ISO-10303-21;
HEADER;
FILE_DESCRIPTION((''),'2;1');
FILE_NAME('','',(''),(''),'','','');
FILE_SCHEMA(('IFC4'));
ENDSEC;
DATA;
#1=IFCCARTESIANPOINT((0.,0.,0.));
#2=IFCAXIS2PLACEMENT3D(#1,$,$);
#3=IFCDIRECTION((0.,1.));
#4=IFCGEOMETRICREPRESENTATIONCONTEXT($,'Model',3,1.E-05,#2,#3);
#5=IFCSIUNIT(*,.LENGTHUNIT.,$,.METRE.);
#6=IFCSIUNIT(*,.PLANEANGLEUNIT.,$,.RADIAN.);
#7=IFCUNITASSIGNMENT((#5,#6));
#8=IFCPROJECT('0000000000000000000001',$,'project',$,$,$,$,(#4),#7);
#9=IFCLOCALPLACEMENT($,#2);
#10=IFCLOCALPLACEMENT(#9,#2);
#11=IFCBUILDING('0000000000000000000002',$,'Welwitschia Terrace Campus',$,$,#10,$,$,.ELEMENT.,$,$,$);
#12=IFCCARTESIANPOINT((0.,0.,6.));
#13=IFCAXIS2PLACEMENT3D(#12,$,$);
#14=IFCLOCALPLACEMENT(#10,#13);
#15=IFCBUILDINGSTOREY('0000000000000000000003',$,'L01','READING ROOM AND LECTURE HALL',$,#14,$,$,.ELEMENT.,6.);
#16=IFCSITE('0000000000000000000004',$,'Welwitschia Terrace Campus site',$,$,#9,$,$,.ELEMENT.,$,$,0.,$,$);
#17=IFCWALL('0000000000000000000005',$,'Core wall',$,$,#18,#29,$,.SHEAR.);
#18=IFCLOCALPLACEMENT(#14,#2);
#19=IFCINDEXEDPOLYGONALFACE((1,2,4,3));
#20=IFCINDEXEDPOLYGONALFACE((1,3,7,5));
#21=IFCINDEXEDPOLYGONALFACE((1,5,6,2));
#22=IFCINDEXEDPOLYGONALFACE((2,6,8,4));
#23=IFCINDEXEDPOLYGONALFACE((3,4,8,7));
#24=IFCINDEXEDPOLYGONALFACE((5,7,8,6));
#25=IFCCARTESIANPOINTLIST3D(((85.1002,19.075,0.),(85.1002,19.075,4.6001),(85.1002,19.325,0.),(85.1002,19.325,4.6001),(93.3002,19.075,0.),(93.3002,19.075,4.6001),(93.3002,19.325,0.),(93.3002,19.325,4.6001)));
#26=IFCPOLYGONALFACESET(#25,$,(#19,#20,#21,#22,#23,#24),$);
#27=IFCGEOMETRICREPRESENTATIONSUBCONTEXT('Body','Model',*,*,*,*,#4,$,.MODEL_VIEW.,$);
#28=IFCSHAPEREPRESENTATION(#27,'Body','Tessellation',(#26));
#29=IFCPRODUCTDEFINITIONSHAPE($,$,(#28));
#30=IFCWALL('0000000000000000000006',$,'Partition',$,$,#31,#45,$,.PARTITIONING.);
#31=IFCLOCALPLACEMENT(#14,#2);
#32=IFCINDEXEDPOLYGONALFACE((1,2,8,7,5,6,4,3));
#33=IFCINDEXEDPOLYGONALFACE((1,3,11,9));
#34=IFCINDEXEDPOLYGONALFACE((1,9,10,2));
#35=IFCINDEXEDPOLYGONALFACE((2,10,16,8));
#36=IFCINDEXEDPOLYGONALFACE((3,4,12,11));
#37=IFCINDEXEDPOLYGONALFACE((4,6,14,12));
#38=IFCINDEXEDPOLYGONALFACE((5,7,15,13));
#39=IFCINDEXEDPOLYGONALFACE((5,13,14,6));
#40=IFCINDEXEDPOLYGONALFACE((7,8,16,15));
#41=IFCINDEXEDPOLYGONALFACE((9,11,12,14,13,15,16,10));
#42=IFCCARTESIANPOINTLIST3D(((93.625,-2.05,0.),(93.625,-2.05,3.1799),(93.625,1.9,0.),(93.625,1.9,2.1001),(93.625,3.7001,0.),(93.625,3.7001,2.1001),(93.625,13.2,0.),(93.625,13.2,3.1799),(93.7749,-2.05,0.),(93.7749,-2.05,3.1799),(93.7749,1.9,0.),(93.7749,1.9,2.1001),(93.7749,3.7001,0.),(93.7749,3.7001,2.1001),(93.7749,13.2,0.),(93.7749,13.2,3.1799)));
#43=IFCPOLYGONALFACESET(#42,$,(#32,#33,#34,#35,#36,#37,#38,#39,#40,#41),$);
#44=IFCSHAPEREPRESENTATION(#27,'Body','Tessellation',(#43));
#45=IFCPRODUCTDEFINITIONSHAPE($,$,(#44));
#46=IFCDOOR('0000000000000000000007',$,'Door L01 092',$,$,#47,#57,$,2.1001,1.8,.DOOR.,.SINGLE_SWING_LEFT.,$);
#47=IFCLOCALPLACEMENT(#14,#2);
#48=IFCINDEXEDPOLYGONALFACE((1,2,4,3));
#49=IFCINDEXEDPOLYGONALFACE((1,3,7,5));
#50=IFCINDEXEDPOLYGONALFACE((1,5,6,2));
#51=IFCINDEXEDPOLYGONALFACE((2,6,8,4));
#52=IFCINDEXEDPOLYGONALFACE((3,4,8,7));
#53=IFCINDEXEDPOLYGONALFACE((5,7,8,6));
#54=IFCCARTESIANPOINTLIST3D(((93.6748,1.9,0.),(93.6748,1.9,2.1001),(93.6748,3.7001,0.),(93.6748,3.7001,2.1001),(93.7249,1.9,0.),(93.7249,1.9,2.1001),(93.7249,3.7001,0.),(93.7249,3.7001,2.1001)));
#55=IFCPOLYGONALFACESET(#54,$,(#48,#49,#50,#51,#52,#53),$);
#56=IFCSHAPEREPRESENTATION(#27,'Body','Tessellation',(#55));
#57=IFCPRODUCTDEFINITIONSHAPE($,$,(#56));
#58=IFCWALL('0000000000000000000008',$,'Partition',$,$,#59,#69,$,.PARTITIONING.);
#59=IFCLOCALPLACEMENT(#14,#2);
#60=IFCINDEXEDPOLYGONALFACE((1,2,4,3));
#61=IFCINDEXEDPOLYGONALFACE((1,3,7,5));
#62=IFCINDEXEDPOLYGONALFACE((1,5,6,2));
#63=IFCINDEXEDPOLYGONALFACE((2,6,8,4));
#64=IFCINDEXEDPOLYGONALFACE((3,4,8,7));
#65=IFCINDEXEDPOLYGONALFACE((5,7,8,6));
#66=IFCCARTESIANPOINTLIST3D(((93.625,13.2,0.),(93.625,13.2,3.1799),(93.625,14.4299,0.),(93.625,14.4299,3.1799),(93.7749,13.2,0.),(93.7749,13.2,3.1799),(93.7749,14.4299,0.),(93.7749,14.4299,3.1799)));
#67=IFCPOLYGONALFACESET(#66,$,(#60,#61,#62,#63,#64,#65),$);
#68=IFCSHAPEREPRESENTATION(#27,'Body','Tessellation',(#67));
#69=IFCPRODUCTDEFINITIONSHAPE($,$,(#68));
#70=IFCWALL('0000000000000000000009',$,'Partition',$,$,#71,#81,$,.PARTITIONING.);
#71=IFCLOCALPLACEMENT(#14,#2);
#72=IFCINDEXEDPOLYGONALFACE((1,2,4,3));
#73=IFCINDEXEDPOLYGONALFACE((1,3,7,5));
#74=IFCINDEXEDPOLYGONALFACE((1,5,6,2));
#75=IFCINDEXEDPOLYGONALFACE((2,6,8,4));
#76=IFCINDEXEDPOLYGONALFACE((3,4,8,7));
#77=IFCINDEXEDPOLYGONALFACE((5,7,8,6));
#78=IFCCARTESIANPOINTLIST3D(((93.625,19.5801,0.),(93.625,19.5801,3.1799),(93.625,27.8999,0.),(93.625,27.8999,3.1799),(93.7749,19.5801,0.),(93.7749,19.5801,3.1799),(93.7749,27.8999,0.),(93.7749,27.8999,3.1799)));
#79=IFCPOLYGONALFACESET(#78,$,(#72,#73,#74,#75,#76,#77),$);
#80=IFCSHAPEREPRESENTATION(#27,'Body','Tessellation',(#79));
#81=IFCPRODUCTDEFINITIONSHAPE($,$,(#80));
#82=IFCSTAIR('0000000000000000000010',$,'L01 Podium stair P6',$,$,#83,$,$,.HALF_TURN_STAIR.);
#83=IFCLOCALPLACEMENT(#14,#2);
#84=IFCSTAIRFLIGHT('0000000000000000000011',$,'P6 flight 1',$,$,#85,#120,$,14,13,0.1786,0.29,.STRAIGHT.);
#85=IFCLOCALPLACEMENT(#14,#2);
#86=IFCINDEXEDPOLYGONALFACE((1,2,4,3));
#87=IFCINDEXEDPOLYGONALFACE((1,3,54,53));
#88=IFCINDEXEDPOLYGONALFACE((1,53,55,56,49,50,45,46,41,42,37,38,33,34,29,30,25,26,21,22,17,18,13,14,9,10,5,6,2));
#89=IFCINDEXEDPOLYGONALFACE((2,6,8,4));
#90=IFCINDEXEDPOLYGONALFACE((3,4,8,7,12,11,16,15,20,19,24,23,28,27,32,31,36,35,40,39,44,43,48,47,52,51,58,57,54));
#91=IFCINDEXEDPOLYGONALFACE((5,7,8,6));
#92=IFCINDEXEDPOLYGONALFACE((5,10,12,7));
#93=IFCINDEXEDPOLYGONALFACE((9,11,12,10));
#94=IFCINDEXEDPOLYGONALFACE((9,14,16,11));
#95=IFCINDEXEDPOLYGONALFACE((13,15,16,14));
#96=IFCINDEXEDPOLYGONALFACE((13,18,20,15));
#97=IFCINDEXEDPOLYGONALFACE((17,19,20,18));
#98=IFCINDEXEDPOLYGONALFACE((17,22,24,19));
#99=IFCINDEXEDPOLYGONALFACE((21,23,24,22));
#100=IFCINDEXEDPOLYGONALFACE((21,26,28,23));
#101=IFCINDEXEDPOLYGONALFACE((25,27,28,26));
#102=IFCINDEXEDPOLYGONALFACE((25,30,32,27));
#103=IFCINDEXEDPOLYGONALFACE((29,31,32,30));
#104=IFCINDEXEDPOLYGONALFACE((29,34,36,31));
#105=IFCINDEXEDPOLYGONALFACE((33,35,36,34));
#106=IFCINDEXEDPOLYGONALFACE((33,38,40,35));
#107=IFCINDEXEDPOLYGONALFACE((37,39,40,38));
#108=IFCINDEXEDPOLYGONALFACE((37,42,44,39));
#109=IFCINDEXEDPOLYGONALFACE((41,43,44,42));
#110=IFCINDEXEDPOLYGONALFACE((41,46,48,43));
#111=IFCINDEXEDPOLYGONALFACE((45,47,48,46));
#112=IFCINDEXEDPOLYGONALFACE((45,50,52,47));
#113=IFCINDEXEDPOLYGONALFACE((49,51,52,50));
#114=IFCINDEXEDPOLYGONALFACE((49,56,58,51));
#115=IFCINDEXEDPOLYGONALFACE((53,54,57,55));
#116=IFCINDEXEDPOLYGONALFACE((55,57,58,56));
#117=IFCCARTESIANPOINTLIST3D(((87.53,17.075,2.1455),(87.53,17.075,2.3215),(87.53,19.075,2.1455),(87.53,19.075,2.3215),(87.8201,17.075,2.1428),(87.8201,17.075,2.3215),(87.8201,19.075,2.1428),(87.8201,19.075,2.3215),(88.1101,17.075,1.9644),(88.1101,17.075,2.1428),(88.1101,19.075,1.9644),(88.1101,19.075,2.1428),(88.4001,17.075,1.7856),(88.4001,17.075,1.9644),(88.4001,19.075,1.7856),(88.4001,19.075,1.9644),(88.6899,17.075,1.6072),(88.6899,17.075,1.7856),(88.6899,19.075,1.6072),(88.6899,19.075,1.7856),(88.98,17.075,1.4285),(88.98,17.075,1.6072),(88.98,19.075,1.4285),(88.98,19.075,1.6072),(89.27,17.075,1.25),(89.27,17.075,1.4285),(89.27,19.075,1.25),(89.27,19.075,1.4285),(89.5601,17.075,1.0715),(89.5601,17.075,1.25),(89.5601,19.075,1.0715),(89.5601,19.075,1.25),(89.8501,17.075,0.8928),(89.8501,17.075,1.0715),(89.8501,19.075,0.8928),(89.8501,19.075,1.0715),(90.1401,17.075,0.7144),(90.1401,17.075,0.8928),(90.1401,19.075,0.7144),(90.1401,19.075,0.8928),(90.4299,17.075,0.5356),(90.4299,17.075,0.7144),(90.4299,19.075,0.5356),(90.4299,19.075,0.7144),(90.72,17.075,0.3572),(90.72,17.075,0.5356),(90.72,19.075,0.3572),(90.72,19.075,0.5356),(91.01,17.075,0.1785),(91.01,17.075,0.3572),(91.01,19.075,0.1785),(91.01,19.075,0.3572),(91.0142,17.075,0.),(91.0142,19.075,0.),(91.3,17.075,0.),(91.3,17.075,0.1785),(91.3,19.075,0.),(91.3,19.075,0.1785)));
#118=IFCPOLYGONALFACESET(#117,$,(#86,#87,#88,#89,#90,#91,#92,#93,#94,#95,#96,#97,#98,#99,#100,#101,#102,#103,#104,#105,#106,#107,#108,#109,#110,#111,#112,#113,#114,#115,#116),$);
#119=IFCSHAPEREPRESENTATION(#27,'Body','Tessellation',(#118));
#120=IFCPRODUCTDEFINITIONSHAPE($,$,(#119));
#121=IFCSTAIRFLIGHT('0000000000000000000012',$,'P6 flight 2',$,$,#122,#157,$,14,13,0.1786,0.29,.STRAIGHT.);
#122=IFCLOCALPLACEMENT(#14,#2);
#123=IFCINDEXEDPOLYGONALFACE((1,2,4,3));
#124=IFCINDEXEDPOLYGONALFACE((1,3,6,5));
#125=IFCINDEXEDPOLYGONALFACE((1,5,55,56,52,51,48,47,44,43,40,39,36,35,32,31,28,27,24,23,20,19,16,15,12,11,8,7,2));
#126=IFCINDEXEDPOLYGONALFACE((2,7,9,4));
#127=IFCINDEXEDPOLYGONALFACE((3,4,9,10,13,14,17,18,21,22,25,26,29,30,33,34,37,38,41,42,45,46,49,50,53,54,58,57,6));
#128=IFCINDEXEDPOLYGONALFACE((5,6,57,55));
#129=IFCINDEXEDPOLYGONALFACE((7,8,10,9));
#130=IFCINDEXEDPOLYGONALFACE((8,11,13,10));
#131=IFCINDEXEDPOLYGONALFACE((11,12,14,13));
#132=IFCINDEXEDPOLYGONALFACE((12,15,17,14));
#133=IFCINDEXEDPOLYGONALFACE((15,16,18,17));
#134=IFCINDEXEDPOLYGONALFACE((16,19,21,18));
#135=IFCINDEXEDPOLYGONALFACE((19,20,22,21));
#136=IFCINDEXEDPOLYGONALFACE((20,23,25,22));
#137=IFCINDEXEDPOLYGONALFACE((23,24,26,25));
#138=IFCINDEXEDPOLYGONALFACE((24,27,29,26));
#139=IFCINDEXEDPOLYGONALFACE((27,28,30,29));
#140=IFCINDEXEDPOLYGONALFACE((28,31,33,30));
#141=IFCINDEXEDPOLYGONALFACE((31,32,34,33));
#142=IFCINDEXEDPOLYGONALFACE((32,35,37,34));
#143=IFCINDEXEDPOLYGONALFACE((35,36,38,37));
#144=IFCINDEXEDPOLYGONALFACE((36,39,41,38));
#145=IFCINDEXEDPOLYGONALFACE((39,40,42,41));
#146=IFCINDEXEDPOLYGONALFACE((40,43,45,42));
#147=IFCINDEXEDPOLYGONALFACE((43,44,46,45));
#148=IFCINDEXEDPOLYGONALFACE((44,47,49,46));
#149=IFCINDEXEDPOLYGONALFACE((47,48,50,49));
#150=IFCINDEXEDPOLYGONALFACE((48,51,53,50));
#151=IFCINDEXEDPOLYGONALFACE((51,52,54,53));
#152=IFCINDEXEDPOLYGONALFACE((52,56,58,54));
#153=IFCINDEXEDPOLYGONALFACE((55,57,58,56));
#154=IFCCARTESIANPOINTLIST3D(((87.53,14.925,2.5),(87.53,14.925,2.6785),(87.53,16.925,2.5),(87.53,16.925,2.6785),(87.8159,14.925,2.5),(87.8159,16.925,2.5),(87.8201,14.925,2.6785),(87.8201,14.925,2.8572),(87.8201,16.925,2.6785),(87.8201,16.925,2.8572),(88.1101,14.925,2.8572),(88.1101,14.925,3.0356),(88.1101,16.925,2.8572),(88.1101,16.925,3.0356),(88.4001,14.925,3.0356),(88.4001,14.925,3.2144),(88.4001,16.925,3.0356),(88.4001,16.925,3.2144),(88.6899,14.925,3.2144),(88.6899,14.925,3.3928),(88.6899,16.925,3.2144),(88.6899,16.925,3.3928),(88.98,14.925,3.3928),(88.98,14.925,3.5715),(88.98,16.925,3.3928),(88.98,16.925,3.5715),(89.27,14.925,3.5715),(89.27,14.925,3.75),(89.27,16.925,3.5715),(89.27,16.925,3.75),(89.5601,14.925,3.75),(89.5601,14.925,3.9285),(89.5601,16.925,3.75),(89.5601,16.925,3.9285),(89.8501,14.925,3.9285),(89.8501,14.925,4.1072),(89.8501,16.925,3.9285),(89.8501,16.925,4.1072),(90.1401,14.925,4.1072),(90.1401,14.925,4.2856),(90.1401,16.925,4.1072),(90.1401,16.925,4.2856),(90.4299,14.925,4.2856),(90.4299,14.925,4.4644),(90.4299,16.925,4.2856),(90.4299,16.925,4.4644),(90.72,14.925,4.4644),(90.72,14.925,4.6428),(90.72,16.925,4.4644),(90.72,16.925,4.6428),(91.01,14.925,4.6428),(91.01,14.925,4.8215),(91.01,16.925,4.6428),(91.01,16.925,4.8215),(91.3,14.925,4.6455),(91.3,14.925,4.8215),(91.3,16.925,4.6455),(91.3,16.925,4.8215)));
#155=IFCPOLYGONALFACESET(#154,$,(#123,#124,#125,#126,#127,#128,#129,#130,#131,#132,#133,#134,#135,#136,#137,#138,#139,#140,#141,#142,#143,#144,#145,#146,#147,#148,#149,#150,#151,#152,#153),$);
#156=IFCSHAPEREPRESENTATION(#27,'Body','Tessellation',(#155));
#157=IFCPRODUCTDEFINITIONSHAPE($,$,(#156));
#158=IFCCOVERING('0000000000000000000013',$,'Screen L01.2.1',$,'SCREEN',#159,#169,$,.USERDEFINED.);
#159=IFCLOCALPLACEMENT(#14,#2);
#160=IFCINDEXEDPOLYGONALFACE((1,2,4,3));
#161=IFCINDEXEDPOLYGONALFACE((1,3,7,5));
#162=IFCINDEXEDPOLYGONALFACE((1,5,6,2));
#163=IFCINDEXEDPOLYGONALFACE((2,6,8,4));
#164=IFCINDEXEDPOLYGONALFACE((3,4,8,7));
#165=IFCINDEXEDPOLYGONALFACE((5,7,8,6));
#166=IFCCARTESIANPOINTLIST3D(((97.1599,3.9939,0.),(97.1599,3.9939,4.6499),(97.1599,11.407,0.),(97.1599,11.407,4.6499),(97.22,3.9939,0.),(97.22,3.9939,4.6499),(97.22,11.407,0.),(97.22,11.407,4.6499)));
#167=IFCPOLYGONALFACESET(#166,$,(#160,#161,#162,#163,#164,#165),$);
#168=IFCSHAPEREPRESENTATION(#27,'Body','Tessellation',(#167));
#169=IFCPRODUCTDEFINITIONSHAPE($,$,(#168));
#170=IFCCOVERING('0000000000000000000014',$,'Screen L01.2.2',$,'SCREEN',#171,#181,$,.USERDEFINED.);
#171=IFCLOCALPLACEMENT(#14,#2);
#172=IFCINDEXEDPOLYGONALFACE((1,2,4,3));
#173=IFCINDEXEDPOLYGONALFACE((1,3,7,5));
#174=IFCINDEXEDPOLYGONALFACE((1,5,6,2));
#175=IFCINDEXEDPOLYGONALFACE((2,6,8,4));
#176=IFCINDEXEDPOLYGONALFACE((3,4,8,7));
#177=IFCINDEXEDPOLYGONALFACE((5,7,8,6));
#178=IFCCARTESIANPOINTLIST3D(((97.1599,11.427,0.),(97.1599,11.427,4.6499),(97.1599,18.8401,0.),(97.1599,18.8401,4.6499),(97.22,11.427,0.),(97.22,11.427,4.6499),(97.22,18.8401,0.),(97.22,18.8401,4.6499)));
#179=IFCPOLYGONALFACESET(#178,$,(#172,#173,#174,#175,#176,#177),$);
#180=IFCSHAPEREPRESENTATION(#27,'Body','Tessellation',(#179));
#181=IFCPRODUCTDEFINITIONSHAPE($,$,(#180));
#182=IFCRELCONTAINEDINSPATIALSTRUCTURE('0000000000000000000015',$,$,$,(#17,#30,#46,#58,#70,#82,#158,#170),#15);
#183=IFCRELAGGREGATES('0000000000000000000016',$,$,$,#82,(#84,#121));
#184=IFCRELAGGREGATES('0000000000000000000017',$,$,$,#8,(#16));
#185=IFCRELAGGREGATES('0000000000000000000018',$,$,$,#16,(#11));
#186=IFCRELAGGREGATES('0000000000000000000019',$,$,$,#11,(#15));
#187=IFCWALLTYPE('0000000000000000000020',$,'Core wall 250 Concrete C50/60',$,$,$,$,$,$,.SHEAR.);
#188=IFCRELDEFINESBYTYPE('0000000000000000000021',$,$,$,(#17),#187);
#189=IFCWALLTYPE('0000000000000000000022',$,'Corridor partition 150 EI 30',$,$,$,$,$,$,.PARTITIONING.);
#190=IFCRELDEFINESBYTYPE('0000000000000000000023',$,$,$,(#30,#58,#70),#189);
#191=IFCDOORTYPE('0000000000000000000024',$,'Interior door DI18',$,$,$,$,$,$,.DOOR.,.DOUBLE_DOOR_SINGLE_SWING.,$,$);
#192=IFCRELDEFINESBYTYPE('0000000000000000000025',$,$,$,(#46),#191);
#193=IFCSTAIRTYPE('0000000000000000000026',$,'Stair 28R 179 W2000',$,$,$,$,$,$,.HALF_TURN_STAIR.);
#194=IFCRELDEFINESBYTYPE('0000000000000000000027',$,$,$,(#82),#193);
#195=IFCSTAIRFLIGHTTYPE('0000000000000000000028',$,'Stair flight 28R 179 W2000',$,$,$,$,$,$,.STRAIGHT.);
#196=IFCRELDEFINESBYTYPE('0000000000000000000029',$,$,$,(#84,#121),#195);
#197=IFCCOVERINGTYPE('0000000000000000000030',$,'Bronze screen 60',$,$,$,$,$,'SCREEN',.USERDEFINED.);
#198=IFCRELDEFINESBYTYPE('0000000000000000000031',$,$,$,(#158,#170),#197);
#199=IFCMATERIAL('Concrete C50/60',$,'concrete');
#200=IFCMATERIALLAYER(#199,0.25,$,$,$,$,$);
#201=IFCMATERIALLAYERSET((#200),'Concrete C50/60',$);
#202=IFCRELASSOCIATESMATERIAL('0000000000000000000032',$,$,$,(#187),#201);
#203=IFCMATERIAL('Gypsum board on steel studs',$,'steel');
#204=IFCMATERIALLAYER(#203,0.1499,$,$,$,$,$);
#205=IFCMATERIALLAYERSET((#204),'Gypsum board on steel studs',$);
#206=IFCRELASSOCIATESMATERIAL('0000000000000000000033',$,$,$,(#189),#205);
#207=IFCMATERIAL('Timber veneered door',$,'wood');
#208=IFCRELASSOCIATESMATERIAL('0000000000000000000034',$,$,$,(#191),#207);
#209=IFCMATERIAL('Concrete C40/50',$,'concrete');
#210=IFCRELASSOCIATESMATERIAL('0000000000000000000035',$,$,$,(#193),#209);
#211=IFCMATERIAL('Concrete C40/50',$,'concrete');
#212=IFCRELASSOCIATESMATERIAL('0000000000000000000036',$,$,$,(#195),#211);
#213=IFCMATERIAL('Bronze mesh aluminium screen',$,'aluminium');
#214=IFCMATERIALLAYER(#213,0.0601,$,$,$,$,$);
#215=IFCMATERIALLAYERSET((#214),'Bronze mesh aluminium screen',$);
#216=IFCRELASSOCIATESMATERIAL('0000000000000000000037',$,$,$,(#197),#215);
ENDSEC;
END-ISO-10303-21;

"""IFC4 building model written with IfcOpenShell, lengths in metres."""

from ifc_helpers import new_model, si_unit, direction, frame, frame_2d, origin, origin_2d, place, context, subcontext, project, spatial, polyline, rectangle, outline, extrude, material, layer, layer_set, type_object, element, fill, aggregate, save


model = new_model("IFC4")

# Units and contexts
model_context = context("Model", 3, precision=1e-05, world=origin(), true_north=direction((0.0, 1.0)))
body_context = subcontext(model_context, "Body", "Model", "MODEL_VIEW")
ifc_project = project(units=[si_unit("LENGTHUNIT", "METRE"), si_unit("PLANEANGLEUNIT", "RADIAN")], contexts=[model_context])

# Site, building, storey
site_placement = place(None, origin())
site = spatial("IfcSite", under=ifc_project, at=site_placement, Name="Welwitschia Terrace Campus site", CompositionType="ELEMENT", RefElevation=0.0)
building_placement = place(site_placement, origin())
building = spatial("IfcBuilding", under=site, at=building_placement, Name="Welwitschia Terrace Campus", CompositionType="ELEMENT")
storey_placement = place(building_placement, frame((0.0, 0.0, 6.0)))
storey = spatial("IfcBuildingStorey", under=building, at=storey_placement, Name="L01", Description="READING ROOM AND LECTURE HALL", CompositionType="ELEMENT", Elevation=6.0)

# Shared definitions
ifc_material_1 = material(Name="Concrete C50/60", Category="concrete")
ifc_layer_1 = layer(ifc_material_1, 0.25)
ifc_layer_set_1 = layer_set([ifc_layer_1], Name="Concrete C50/60")
wall_type_1 = type_object("IfcWallType", Name="Core wall 250 Concrete C50/60", PredefinedType="SHEAR", material=ifc_layer_set_1)

# Wall
wall_1_placement = place(storey_placement, frame((85.1001, 19.2, 0.0), z_axis=(0.0, 0.0, 1.0), x_axis=(1.0, 0.0, 0.0)))
element("IfcWall", 1, at=wall_1_placement, inside=storey, type_object=wall_type_1, Name="Core wall", PredefinedType="SHEAR", context=body_context, shape_type="SweptSolid", body=[
    extrude(rectangle(XDim=8.2, YDim=0.25, at=frame_2d((4.1001, 0.0))), origin(), (0.0, 0.0, 1.0), 4.6001),
])

# Wall, opening, door
ifc_material_2 = material(Name="Gypsum board on steel studs", Category="steel")
ifc_layer_2 = layer(ifc_material_2, 0.1499)
ifc_layer_set_2 = layer_set([ifc_layer_2], Name="Gypsum board on steel studs")
wall_type_2 = type_object("IfcWallType", Name="Corridor partition 150 EI 30", PredefinedType="PARTITIONING", material=ifc_layer_set_2)
wall_2_placement = place(storey_placement, frame((93.7, 13.2, 0.0), z_axis=(0.0, 0.0, 1.0), x_axis=(0.0, -1.0, 0.0)))
wall_2 = element("IfcWall", 2, at=wall_2_placement, inside=storey, type_object=wall_type_2, Name="Partition", PredefinedType="PARTITIONING", context=body_context, shape_type="SweptSolid", body=[
    extrude(rectangle(XDim=15.25, YDim=0.1499, at=frame_2d((7.625, 0.0))), origin(), (0.0, 0.0, 1.0), 3.1799),
])
opening_1_placement = place(wall_2_placement, frame((9.5, 0.0, 0.0)))
opening_1 = element("IfcOpeningElement", 3, at=opening_1_placement, cuts=wall_2, PredefinedType="OPENING", context=body_context, shape_type="SweptSolid", body=[
    extrude(rectangle(XDim=1.8, YDim=2.1001, at=frame_2d((0.8999, 1.05))), frame((0.0, 0.085, 0.0), z_axis=(0.0, -1.0, 0.0), x_axis=(1.0, 0.0, 0.0)), (0.0, 0.0, 1.0), 0.1699),
])
ifc_material_3 = material(Name="Timber veneered door", Category="wood")
door_type_1 = type_object("IfcDoorType", Name="Interior door DI18", OperationType="DOUBLE_DOOR_SINGLE_SWING", PredefinedType="DOOR", material=ifc_material_3)
door_1_placement = place(opening_1_placement, origin())
door_1 = element("IfcDoor", 4, at=door_1_placement, inside=storey, type_object=door_type_1, Name="Door L01 092", OperationType="SINGLE_SWING_LEFT", OverallHeight=2.1001, OverallWidth=1.8, PredefinedType="DOOR", context=body_context, shape_type="SweptSolid", body=[
    extrude(rectangle(XDim=1.8, YDim=2.1001, at=frame_2d((0.8999, 1.05))), frame((0.0, 0.0249, 0.0), z_axis=(0.0, -1.0, 0.0), x_axis=(1.0, 0.0, 0.0)), (0.0, 0.0, 1.0), 0.05),
])
fill(opening_1, door_1)

# Walls
wall_3_placement = place(storey_placement, frame((93.7, 13.2, 0.0), z_axis=(0.0, 0.0, 1.0), x_axis=(0.0, 1.0, 0.0)))
element("IfcWall", 5, at=wall_3_placement, inside=storey, type_object=wall_type_2, Name="Partition", PredefinedType="PARTITIONING", context=body_context, shape_type="SweptSolid", body=[
    extrude(rectangle(XDim=1.23, YDim=0.1499, at=frame_2d((0.615, 0.0))), origin(), (0.0, 0.0, 1.0), 3.1799),
])
wall_4_placement = place(storey_placement, frame((93.7, 19.5801, 0.0), z_axis=(0.0, 0.0, 1.0), x_axis=(0.0, 1.0, 0.0)))
element("IfcWall", 6, at=wall_4_placement, inside=storey, type_object=wall_type_2, Name="Partition", PredefinedType="PARTITIONING", context=body_context, shape_type="SweptSolid", body=[
    extrude(rectangle(XDim=8.3198, YDim=0.1499, at=frame_2d((4.1599, 0.0))), origin(), (0.0, 0.0, 1.0), 3.1799),
])

# Stair, stair flights
ifc_material_4 = material(Name="Concrete C40/50", Category="concrete")
stair_type = type_object("IfcStairType", Name="Stair 28R 179 W2000", PredefinedType="HALF_TURN_STAIR", material=ifc_material_4)
stair_placement = place(storey_placement, origin())
stair = element("IfcStair", 7, at=stair_placement, inside=storey, type_object=stair_type, Name="L01 Podium stair P6", PredefinedType="HALF_TURN_STAIR")
ifc_material_5 = material(Name="Concrete C40/50", Category="concrete")
stair_flight_type = type_object("IfcStairFlightType", Name="Stair flight 28R 179 W2000", PredefinedType="STRAIGHT", material=ifc_material_5)
stair_flight_1_placement = place(storey_placement, frame((91.3, 18.075, 0.0), z_axis=(0.0, 0.0, 1.0), x_axis=(-1.0, 0.0, 0.0)))
stair_flight_1 = element("IfcStairFlight", 8, at=stair_flight_1_placement, type_object=stair_flight_type, Name="P6 flight 1", NumberOfRisers=14, NumberOfTreads=13, PredefinedType="STRAIGHT", RiserHeight=0.1786, TreadLength=0.29, context=body_context, shape_type="SweptSolid", body=[
    extrude(outline(polyline([(0.0, 0.0), (0.0, 0.1785), (0.29, 0.1785), (0.29, 0.3572), (0.5801, 0.3572), (0.5801, 0.5356), (0.8701, 0.5356), (0.8701, 0.7144), (1.1599, 0.7144), (1.1599, 0.8928), (1.45, 0.8928), (1.45, 1.0715), (1.74, 1.0715), (1.74, 1.25), (2.03, 1.25), (2.03, 1.4285), (2.3201, 1.4285), (2.3201, 1.6072), (2.6101, 1.6072), (2.6101, 1.7856), (2.8999, 1.7856), (2.8999, 1.9644), (3.1899, 1.9644), (3.1899, 2.1428), (3.48, 2.1428), (3.48, 2.3215), (3.77, 2.3215), (3.77, 2.5), (3.77, 2.1455), (0.2859, 0.0), (0.0, 0.0)])), frame((0.0, 1.0, 0.0), z_axis=(0.0, -1.0, 0.0), x_axis=(1.0, 0.0, 0.0)), (0.0, 0.0, 1.0), 2.0),
])
stair_flight_2_placement = place(storey_placement, frame((87.53, 15.925, 2.5), z_axis=(0.0, 0.0, 1.0), x_axis=(1.0, 0.0, 0.0)))
stair_flight_2 = element("IfcStairFlight", 9, at=stair_flight_2_placement, type_object=stair_flight_type, Name="P6 flight 2", NumberOfRisers=14, NumberOfTreads=13, PredefinedType="STRAIGHT", RiserHeight=0.1786, TreadLength=0.29, context=body_context, shape_type="SweptSolid", body=[
    extrude(outline(polyline([(0.0, 0.0), (0.0, 0.1785), (0.29, 0.1785), (0.29, 0.3572), (0.5801, 0.3572), (0.5801, 0.5356), (0.8701, 0.5356), (0.8701, 0.7144), (1.1599, 0.7144), (1.1599, 0.8928), (1.45, 0.8928), (1.45, 1.0715), (1.74, 1.0715), (1.74, 1.25), (2.03, 1.25), (2.03, 1.4285), (2.3201, 1.4285), (2.3201, 1.6072), (2.6101, 1.6072), (2.6101, 1.7856), (2.8999, 1.7856), (2.8999, 1.9644), (3.1899, 1.9644), (3.1899, 2.1428), (3.48, 2.1428), (3.48, 2.3215), (3.77, 2.3215), (3.77, 2.5), (3.77, 2.1455), (0.2859, 0.0), (0.0, 0.0)])), frame((0.0, 1.0, 0.0), z_axis=(0.0, -1.0, 0.0), x_axis=(1.0, 0.0, 0.0)), (0.0, 0.0, 1.0), 2.0),
])
aggregate(stair, [stair_flight_1, stair_flight_2])

# Coverings
ifc_material_6 = material(Name="Bronze mesh aluminium screen", Category="aluminium")
ifc_layer_3 = layer(ifc_material_6, 0.0601)
ifc_layer_set_3 = layer_set([ifc_layer_3], Name="Bronze mesh aluminium screen")
covering_type = type_object("IfcCoveringType", Name="Bronze screen 60", ElementType="SCREEN", PredefinedType="USERDEFINED", material=ifc_layer_set_3)
for number, where, z_axis, x_axis, name in (
    (10, (97.1899, 7.7004, 0.0), (0.0, 0.0, 1.0), (0.0, 1.0, 0.0), "Screen L01.2.1"),
    (11, (97.1899, 15.1335, 0.0), (0.0, 0.0, 1.0), (0.0, 1.0, 0.0), "Screen L01.2.2"),
):
    element("IfcCovering", number, at=place(storey_placement, frame(where, z_axis=z_axis, x_axis=x_axis)), inside=storey, type_object=covering_type, Name=name, ObjectType="SCREEN", PredefinedType="USERDEFINED", context=body_context, shape_type="SweptSolid", body=[
        extrude(rectangle(XDim=7.4131, YDim=0.0601, at=origin_2d()), origin(), (0.0, 0.0, 1.0), 4.6499),
    ])

save(model, "model.ifc")
